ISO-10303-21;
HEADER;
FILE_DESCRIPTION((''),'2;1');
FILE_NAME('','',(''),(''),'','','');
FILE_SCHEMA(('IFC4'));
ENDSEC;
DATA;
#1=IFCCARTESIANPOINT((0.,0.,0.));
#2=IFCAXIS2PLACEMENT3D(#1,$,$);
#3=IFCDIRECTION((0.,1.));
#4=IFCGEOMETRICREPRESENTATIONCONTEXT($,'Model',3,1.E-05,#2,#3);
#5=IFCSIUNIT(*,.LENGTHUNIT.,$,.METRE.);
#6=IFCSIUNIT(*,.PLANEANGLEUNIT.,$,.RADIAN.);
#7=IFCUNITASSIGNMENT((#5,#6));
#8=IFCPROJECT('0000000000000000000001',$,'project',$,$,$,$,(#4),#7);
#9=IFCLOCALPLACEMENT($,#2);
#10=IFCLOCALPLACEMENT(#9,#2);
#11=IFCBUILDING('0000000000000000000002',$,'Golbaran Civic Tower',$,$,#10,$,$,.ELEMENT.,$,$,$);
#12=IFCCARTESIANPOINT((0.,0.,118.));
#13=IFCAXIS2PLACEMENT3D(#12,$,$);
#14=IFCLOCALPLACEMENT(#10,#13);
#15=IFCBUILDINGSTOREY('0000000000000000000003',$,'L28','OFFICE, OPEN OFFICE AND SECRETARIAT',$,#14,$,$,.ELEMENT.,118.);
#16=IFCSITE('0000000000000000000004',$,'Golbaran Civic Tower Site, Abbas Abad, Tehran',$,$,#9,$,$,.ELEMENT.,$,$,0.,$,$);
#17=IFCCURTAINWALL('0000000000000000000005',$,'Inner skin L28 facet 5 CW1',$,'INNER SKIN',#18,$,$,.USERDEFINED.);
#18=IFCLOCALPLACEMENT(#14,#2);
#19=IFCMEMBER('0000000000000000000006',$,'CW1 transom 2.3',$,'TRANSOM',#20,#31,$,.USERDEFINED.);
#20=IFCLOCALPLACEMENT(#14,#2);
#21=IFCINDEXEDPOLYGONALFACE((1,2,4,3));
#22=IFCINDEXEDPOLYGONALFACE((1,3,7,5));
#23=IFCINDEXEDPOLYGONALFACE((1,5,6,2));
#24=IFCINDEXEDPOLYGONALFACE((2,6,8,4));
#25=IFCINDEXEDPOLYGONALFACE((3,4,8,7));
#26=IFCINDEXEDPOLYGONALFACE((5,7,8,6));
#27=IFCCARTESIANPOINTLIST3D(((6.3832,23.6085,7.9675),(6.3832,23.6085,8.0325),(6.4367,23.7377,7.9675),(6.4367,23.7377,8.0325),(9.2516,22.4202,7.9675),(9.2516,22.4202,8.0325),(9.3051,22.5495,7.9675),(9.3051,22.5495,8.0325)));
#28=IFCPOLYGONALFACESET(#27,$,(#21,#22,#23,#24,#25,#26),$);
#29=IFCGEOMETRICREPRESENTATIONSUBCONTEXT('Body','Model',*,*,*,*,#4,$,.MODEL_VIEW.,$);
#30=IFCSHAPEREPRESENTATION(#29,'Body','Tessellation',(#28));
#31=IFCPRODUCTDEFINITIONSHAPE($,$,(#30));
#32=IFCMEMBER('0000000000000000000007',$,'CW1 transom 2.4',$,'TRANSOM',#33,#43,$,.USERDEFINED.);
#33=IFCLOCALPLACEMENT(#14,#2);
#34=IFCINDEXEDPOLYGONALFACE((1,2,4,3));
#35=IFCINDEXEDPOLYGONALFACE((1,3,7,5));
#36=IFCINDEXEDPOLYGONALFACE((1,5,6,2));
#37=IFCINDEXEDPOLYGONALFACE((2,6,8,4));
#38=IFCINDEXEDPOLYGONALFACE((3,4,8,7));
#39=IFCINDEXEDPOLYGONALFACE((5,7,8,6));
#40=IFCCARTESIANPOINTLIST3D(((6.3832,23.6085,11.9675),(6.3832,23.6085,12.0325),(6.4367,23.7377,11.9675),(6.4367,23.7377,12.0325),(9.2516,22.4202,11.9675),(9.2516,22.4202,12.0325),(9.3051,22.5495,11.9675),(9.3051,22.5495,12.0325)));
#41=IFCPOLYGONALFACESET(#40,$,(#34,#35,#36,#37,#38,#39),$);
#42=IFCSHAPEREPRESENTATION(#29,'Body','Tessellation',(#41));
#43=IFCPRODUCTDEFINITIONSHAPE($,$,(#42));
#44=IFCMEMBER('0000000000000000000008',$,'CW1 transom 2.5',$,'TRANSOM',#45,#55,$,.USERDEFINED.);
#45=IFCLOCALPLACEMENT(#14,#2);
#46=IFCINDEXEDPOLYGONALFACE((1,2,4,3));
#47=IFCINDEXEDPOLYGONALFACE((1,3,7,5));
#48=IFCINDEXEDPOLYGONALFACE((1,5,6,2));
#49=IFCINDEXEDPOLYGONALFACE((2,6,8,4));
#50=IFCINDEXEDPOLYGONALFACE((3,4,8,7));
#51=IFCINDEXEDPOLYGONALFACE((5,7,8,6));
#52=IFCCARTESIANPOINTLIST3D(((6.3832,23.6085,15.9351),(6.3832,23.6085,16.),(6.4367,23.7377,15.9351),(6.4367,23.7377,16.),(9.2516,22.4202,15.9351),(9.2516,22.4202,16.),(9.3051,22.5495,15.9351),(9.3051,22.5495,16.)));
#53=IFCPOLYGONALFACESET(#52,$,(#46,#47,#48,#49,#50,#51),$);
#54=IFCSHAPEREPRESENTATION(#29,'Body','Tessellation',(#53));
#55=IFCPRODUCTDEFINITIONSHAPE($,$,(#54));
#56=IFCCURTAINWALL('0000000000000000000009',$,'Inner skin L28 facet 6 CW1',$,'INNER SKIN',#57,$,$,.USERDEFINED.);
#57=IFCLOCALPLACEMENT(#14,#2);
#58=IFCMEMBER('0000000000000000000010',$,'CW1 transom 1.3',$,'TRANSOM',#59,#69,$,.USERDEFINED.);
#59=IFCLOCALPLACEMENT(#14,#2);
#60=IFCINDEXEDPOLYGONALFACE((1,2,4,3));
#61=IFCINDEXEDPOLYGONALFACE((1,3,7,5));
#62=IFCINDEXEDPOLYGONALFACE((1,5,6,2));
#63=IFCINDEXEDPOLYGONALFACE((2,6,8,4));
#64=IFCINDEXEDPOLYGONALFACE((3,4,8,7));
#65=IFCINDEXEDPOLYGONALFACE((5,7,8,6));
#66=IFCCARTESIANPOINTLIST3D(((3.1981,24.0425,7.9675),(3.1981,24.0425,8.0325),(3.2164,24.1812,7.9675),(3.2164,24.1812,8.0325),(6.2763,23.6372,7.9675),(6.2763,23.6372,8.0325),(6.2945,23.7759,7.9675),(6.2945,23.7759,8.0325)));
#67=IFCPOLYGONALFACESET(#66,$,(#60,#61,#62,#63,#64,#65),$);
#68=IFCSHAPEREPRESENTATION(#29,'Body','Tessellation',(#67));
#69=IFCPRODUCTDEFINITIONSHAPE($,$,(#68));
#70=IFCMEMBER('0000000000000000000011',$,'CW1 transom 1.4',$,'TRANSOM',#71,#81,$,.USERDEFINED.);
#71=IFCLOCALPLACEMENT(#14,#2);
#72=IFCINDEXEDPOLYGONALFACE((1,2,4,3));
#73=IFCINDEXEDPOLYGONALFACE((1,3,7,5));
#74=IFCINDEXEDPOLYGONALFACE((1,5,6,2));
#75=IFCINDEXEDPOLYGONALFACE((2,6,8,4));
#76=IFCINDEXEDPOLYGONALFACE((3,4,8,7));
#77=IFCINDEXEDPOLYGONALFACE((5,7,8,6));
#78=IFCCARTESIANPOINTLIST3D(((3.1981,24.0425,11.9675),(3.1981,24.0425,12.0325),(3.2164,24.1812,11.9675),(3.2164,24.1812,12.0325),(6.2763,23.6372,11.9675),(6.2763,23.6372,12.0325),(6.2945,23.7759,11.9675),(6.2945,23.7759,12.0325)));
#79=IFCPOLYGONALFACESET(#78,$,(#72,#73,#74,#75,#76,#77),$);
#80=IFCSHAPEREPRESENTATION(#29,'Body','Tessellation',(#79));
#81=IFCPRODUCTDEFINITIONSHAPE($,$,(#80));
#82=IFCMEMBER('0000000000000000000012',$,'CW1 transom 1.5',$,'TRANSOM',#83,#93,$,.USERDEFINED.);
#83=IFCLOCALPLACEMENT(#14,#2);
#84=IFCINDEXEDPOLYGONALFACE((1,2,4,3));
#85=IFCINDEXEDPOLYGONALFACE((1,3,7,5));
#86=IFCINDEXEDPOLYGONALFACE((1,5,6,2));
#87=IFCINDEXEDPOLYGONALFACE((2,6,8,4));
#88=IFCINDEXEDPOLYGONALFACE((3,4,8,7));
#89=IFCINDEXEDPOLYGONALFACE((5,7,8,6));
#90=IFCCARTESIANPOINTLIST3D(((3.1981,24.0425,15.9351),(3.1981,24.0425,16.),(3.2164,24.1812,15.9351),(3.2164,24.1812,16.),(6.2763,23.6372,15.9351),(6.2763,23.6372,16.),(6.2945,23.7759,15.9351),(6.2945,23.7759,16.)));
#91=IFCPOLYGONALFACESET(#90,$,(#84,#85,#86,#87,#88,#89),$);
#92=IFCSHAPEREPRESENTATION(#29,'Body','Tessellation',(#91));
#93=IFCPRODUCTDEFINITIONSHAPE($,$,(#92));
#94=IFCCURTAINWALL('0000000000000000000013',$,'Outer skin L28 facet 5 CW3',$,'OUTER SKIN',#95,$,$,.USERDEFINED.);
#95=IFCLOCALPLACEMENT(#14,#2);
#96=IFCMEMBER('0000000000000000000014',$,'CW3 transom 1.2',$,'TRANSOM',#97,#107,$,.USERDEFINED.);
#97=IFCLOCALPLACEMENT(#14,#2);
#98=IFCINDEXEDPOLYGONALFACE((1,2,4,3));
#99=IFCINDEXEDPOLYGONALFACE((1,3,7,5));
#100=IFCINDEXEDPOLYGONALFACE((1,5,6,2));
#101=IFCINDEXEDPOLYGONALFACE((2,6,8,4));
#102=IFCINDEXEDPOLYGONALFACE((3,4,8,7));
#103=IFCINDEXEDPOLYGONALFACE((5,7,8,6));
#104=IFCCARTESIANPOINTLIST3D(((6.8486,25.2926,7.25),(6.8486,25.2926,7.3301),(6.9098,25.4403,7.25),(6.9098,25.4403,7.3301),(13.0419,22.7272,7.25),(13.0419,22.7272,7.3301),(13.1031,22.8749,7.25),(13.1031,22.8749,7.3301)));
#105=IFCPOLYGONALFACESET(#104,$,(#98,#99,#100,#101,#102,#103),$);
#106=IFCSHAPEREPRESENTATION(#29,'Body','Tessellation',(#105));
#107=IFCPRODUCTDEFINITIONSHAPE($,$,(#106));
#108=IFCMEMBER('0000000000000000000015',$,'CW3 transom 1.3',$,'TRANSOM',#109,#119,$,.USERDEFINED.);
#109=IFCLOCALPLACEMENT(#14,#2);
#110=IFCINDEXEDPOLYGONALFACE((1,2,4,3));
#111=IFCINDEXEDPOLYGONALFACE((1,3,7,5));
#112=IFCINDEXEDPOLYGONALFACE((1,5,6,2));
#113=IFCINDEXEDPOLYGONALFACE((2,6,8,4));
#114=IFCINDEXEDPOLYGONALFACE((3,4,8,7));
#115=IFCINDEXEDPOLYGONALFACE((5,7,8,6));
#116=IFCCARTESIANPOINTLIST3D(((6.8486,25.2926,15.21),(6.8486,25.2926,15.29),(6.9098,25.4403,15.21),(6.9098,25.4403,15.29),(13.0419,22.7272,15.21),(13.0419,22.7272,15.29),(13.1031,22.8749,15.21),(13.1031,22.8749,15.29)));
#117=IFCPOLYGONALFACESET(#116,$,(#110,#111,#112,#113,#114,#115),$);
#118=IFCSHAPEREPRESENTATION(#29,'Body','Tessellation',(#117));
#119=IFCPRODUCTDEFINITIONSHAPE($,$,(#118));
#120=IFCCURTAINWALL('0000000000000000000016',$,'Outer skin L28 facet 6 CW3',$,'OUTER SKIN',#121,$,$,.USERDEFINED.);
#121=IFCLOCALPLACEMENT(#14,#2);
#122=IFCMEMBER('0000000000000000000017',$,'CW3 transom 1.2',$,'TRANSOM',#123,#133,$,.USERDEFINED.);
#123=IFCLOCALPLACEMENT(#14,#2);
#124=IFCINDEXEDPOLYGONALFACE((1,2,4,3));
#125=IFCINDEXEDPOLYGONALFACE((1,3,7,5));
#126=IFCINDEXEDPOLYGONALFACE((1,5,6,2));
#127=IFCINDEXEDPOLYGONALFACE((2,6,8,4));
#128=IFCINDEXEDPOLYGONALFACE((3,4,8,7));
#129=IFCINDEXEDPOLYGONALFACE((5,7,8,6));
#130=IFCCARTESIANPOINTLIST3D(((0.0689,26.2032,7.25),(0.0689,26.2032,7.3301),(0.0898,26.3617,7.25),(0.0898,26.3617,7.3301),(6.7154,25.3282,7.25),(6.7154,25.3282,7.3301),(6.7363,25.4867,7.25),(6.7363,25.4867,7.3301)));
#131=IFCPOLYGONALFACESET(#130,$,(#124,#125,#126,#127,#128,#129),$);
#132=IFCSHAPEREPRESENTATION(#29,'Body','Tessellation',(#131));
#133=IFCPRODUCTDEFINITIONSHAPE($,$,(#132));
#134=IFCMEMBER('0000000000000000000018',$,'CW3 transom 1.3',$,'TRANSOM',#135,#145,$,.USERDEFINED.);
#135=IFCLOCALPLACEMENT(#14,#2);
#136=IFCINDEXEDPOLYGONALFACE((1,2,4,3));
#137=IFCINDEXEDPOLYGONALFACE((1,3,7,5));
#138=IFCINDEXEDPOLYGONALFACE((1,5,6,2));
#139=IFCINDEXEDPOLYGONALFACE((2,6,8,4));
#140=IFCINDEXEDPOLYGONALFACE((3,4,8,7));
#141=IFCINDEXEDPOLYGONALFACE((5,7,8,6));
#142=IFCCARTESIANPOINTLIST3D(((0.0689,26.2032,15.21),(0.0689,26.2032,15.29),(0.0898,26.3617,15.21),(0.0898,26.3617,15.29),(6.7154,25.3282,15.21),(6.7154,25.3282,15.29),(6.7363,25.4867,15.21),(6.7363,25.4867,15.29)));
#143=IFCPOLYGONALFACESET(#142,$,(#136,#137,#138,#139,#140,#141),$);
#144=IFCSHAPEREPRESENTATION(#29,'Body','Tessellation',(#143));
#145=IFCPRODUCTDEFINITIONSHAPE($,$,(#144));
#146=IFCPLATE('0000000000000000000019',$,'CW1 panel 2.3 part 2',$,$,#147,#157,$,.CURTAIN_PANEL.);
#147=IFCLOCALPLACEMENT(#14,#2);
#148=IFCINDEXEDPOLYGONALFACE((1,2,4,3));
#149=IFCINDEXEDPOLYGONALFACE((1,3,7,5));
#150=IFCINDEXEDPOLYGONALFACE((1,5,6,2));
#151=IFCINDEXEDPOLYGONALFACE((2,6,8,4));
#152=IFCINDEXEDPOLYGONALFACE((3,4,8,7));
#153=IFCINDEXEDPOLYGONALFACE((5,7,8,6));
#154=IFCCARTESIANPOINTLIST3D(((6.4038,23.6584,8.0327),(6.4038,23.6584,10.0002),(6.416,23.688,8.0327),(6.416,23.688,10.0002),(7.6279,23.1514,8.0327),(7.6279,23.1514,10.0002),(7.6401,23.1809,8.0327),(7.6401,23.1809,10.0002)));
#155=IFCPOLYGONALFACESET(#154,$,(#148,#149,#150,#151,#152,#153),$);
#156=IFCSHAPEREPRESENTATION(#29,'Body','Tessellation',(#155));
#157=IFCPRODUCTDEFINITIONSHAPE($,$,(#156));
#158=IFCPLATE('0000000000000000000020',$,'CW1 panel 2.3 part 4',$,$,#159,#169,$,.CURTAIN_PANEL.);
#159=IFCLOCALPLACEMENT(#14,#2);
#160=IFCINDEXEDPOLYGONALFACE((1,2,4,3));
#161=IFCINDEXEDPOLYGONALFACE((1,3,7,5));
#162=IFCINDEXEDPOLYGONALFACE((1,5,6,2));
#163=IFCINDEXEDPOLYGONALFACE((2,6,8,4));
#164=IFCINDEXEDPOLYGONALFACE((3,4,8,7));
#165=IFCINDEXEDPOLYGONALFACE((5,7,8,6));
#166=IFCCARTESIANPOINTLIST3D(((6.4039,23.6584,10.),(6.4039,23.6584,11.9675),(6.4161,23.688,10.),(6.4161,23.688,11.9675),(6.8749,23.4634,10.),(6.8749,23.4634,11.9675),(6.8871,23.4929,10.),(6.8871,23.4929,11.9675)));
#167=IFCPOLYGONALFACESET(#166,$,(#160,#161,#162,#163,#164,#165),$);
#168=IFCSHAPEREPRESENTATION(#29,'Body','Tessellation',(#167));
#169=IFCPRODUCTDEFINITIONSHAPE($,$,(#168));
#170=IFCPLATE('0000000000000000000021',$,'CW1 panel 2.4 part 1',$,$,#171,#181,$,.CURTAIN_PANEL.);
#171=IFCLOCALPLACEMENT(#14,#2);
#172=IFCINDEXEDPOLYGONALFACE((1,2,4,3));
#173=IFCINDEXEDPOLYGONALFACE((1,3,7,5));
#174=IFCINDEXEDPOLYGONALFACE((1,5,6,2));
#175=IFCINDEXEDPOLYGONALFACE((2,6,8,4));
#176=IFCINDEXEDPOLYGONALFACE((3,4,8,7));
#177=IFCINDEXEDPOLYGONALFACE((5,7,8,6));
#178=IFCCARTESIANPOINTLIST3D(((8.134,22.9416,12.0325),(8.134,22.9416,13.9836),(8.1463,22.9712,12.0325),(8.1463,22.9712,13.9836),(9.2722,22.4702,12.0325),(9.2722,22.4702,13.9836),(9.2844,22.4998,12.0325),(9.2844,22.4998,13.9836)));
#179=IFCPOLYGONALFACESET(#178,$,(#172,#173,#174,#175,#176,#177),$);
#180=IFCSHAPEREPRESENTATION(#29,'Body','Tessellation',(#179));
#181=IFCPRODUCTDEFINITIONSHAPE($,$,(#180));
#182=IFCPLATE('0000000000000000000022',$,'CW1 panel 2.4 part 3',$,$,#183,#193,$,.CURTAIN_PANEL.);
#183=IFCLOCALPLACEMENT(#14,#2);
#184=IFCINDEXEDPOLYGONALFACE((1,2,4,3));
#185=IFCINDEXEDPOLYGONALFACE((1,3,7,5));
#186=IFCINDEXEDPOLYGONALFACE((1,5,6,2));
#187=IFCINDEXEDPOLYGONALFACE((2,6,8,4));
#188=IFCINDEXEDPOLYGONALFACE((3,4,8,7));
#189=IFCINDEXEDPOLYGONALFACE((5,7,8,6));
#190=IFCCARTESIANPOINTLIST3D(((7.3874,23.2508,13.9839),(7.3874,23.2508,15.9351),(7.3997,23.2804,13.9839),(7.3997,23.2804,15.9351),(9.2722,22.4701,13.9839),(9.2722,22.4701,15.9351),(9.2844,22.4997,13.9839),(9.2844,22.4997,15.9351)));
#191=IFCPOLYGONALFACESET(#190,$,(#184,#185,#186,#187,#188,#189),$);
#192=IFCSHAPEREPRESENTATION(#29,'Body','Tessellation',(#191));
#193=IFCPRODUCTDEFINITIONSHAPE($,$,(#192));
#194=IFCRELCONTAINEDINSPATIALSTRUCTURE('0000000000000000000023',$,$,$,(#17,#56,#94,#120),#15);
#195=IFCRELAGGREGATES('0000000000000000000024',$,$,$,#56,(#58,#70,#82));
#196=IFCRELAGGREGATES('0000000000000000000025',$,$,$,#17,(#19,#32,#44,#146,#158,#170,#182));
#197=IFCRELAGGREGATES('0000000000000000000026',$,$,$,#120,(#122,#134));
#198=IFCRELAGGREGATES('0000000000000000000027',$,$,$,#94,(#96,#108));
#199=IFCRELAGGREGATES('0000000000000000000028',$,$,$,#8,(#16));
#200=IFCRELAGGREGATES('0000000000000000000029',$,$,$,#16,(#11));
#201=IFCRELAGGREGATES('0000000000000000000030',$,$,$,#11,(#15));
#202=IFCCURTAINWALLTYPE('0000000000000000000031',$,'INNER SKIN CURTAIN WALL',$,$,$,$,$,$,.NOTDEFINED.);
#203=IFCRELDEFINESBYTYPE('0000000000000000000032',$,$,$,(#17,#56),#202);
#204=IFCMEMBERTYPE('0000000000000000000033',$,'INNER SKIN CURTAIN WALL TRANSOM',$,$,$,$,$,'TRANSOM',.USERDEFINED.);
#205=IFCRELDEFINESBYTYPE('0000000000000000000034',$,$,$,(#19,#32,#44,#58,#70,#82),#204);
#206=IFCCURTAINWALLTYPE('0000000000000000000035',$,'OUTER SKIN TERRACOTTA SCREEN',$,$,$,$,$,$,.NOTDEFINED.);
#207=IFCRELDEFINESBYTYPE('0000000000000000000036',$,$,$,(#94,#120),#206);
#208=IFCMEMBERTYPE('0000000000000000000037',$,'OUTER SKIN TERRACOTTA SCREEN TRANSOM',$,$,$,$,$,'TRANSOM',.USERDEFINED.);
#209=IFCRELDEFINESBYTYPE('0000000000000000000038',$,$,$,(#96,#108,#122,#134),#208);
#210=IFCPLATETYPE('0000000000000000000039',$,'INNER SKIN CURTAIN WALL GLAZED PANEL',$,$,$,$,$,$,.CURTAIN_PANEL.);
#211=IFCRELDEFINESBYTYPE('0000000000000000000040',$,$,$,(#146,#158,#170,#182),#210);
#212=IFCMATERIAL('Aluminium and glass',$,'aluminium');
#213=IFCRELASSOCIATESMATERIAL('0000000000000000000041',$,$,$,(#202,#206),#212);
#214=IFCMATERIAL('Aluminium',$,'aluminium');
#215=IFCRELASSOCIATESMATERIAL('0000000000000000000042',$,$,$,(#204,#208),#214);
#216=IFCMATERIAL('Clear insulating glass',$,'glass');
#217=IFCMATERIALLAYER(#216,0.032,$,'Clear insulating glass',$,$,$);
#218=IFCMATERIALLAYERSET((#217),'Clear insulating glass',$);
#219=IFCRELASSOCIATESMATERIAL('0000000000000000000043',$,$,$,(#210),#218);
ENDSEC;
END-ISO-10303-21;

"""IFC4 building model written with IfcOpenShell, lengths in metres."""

from ifc_helpers import new_model, si_unit, direction, frame, origin, origin_2d, place, context, subcontext, project, spatial, rectangle, extrude, material, layer, layer_set, material_profile, profile_set, type_object, element, aggregate, save


model = new_model("IFC4")

# Units and contexts
model_context = context("Model", 3, precision=1e-05, world=origin(), true_north=direction((0.0, 1.0)))
body_context = subcontext(model_context, "Body", "Model", "MODEL_VIEW")
ifc_project = project(units=[si_unit("LENGTHUNIT", "METRE"), si_unit("PLANEANGLEUNIT", "RADIAN")], contexts=[model_context])

# Site, building, storey
site_placement = place(None, origin())
site = spatial("IfcSite", under=ifc_project, at=site_placement, Name="Golbaran Civic Tower Site, Abbas Abad, Tehran", CompositionType="ELEMENT", RefElevation=0.0)
building_placement = place(site_placement, origin())
building = spatial("IfcBuilding", under=site, at=building_placement, Name="Golbaran Civic Tower", CompositionType="ELEMENT")
storey_placement = place(building_placement, frame((0.0, 0.0, 118.0)))
storey = spatial("IfcBuildingStorey", under=building, at=storey_placement, Name="L28", Description="OFFICE, OPEN OFFICE AND SECRETARIAT", CompositionType="ELEMENT", Elevation=118.0)

# Curtain walls, members
ifc_material_1 = material(Name="Aluminium and glass", Category="aluminium")
curtain_wall_type_1 = type_object("IfcCurtainWallType", Name="INNER SKIN CURTAIN WALL", PredefinedType="NOTDEFINED", material=ifc_material_1)
curtain_wall_1_placement = place(storey_placement, origin())
curtain_wall_1 = element("IfcCurtainWall", 1, at=curtain_wall_1_placement, inside=storey, type_object=curtain_wall_type_1, Name="Inner skin L28 facet 5 CW1", ObjectType="INNER SKIN", PredefinedType="USERDEFINED")
ifc_material_2 = material(Name="Aluminium", Category="aluminium")
ifc_material_profile_1 = material_profile(ifc_material_2, rectangle(XDim=0.1399, YDim=0.0649, at=origin_2d()), Name="INNER SKIN CURTAIN WALL TRANSOM")
ifc_profile_set_1 = profile_set([ifc_material_profile_1], Name="Aluminium")
member_type_1 = type_object("IfcMemberType", Name="INNER SKIN CURTAIN WALL TRANSOM", ElementType="TRANSOM", PredefinedType="USERDEFINED", material=ifc_profile_set_1)
member_1_placement = place(storey_placement, frame((9.2783, 22.4849, 8.0), z_axis=(-0.923868, 0.382711, 0.0), x_axis=(-0.382711, -0.923868, 0.0)))
member_1 = element("IfcMember", 2, at=member_1_placement, type_object=member_type_1, Name="CW1 transom 2.3", ObjectType="TRANSOM", PredefinedType="USERDEFINED", context=body_context, shape_type="SweptSolid", body=[
    extrude(rectangle(XDim=0.1399, YDim=0.0649, at=origin_2d()), origin(), (0.0, 0.0, 1.0), 3.1047),
])
member_2_placement = place(storey_placement, frame((9.2783, 22.4849, 12.0), z_axis=(-0.923868, 0.382711, 0.0), x_axis=(-0.382711, -0.923868, 0.0)))
member_2 = element("IfcMember", 3, at=member_2_placement, type_object=member_type_1, Name="CW1 transom 2.4", ObjectType="TRANSOM", PredefinedType="USERDEFINED", context=body_context, shape_type="SweptSolid", body=[
    extrude(rectangle(XDim=0.1399, YDim=0.0649, at=origin_2d()), origin(), (0.0, 0.0, 1.0), 3.1047),
])
member_3_placement = place(storey_placement, frame((9.2783, 22.4849, 15.9675), z_axis=(-0.923868, 0.382711, 0.0), x_axis=(-0.382711, -0.923868, 0.0)))
member_3 = element("IfcMember", 4, at=member_3_placement, type_object=member_type_1, Name="CW1 transom 2.5", ObjectType="TRANSOM", PredefinedType="USERDEFINED", context=body_context, shape_type="SweptSolid", body=[
    extrude(rectangle(XDim=0.1399, YDim=0.0649, at=origin_2d()), origin(), (0.0, 0.0, 1.0), 3.1047),
])
curtain_wall_2_placement = place(storey_placement, origin())
curtain_wall_2 = element("IfcCurtainWall", 5, at=curtain_wall_2_placement, inside=storey, type_object=curtain_wall_type_1, Name="Inner skin L28 facet 6 CW1", ObjectType="INNER SKIN", PredefinedType="USERDEFINED")
member_4_placement = place(storey_placement, frame((6.2854, 23.7065, 8.0), z_axis=(-0.991444, 0.130536, 0.0), x_axis=(-0.130536, -0.991444, 0.0)))
member_4 = element("IfcMember", 6, at=member_4_placement, type_object=member_type_1, Name="CW1 transom 1.3", ObjectType="TRANSOM", PredefinedType="USERDEFINED", context=body_context, shape_type="SweptSolid", body=[
    extrude(rectangle(XDim=0.1399, YDim=0.0649, at=origin_2d()), origin(), (0.0, 0.0, 1.0), 3.1047),
])
member_5_placement = place(storey_placement, frame((6.2854, 23.7065, 12.0), z_axis=(-0.991444, 0.130536, 0.0), x_axis=(-0.130536, -0.991444, 0.0)))
member_5 = element("IfcMember", 7, at=member_5_placement, type_object=member_type_1, Name="CW1 transom 1.4", ObjectType="TRANSOM", PredefinedType="USERDEFINED", context=body_context, shape_type="SweptSolid", body=[
    extrude(rectangle(XDim=0.1399, YDim=0.0649, at=origin_2d()), origin(), (0.0, 0.0, 1.0), 3.1047),
])
member_6_placement = place(storey_placement, frame((6.2854, 23.7065, 15.9675), z_axis=(-0.991444, 0.130536, 0.0), x_axis=(-0.130536, -0.991444, 0.0)))
member_6 = element("IfcMember", 8, at=member_6_placement, type_object=member_type_1, Name="CW1 transom 1.5", ObjectType="TRANSOM", PredefinedType="USERDEFINED", context=body_context, shape_type="SweptSolid", body=[
    extrude(rectangle(XDim=0.1399, YDim=0.0649, at=origin_2d()), origin(), (0.0, 0.0, 1.0), 3.1047),
])
aggregate(curtain_wall_2, [member_4, member_5, member_6])
curtain_wall_type_2 = type_object("IfcCurtainWallType", Name="OUTER SKIN TERRACOTTA SCREEN", PredefinedType="NOTDEFINED", material=ifc_material_1)
curtain_wall_3_placement = place(storey_placement, origin())
curtain_wall_3 = element("IfcCurtainWall", 9, at=curtain_wall_3_placement, inside=storey, type_object=curtain_wall_type_2, Name="Outer skin L28 facet 5 CW3", ObjectType="OUTER SKIN", PredefinedType="USERDEFINED")
ifc_material_profile_2 = material_profile(ifc_material_2, rectangle(XDim=0.1599, YDim=0.0801, at=origin_2d()), Name="OUTER SKIN TERRACOTTA SCREEN TRANSOM")
ifc_profile_set_2 = profile_set([ifc_material_profile_2], Name="Aluminium")
member_type_2 = type_object("IfcMemberType", Name="OUTER SKIN TERRACOTTA SCREEN TRANSOM", ElementType="TRANSOM", PredefinedType="USERDEFINED", material=ifc_profile_set_2)
member_7_placement = place(storey_placement, frame((13.0725, 22.801, 7.29), z_axis=(-0.923877, 0.382691, 0.0), x_axis=(-0.382691, -0.923877, 0.0)))
member_7 = element("IfcMember", 10, at=member_7_placement, type_object=member_type_2, Name="CW3 transom 1.2", ObjectType="TRANSOM", PredefinedType="USERDEFINED", context=body_context, shape_type="SweptSolid", body=[
    extrude(rectangle(XDim=0.1599, YDim=0.0801, at=origin_2d()), origin(), (0.0, 0.0, 1.0), 6.7036),
])
member_8_placement = place(storey_placement, frame((13.0725, 22.801, 15.25), z_axis=(-0.923877, 0.382691, 0.0), x_axis=(-0.382691, -0.923877, 0.0)))
member_8 = element("IfcMember", 11, at=member_8_placement, type_object=member_type_2, Name="CW3 transom 1.3", ObjectType="TRANSOM", PredefinedType="USERDEFINED", context=body_context, shape_type="SweptSolid", body=[
    extrude(rectangle(XDim=0.1599, YDim=0.0801, at=origin_2d()), origin(), (0.0, 0.0, 1.0), 6.7036),
])
curtain_wall_4_placement = place(storey_placement, origin())
curtain_wall_4 = element("IfcCurtainWall", 12, at=curtain_wall_4_placement, inside=storey, type_object=curtain_wall_type_2, Name="Outer skin L28 facet 6 CW3", ObjectType="OUTER SKIN", PredefinedType="USERDEFINED")
member_9_placement = place(storey_placement, frame((6.7258, 25.4075, 7.29), z_axis=(-0.991445, 0.130522, 0.0), x_axis=(-0.130522, -0.991445, 0.0)))
member_9 = element("IfcMember", 13, at=member_9_placement, type_object=member_type_2, Name="CW3 transom 1.2", ObjectType="TRANSOM", PredefinedType="USERDEFINED", context=body_context, shape_type="SweptSolid", body=[
    extrude(rectangle(XDim=0.1599, YDim=0.0801, at=origin_2d()), origin(), (0.0, 0.0, 1.0), 6.7039),
])
member_10_placement = place(storey_placement, frame((6.7258, 25.4075, 15.25), z_axis=(-0.991445, 0.130522, 0.0), x_axis=(-0.130522, -0.991445, 0.0)))
member_10 = element("IfcMember", 14, at=member_10_placement, type_object=member_type_2, Name="CW3 transom 1.3", ObjectType="TRANSOM", PredefinedType="USERDEFINED", context=body_context, shape_type="SweptSolid", body=[
    extrude(rectangle(XDim=0.1599, YDim=0.0801, at=origin_2d()), origin(), (0.0, 0.0, 1.0), 6.7039),
])

# Plates
ifc_material_3 = material(Name="Clear insulating glass", Category="glass")
ifc_layer_1 = layer(ifc_material_3, 0.032, Name="Clear insulating glass")
ifc_layer_set_1 = layer_set([ifc_layer_1], Name="Clear insulating glass")
plate_type_1 = type_object("IfcPlateType", Name="INNER SKIN CURTAIN WALL GLAZED PANEL", PredefinedType="CURTAIN_PANEL", material=ifc_layer_set_1)
plate_1_placement = place(storey_placement, frame((7.022, 23.4197, 8.0327), z_axis=(0.0, 0.0, 1.0), x_axis=(-0.92388, 0.382683, 0.0)))
plate_1 = element("IfcPlate", 15, at=plate_1_placement, type_object=plate_type_1, Name="CW1 panel 2.3 part 2", PredefinedType="CURTAIN_PANEL", context=body_context, shape_type="SweptSolid", body=[
    extrude(rectangle(XDim=1.325, YDim=0.032, at=origin_2d()), origin(), (0.0, 0.0, 1.0), 1.9675),
])
plate_2_placement = place(storey_placement, frame((6.6455, 23.5757, 10.0), z_axis=(0.0, 0.0, 1.0), x_axis=(-0.92388, 0.382683, 0.0)))
plate_2 = element("IfcPlate", 16, at=plate_2_placement, type_object=plate_type_1, Name="CW1 panel 2.3 part 4", PredefinedType="CURTAIN_PANEL", context=body_context, shape_type="SweptSolid", body=[
    extrude(rectangle(XDim=0.5098, YDim=0.032, at=origin_2d()), origin(), (0.0, 0.0, 1.0), 1.9675),
])
plate_3_placement = place(storey_placement, frame((8.7092, 22.7207, 12.0325), z_axis=(0.0, 0.0, 1.0), x_axis=(-0.92388, 0.382683, 0.0)))
plate_3 = element("IfcPlate", 17, at=plate_3_placement, type_object=plate_type_1, Name="CW1 panel 2.4 part 1", PredefinedType="CURTAIN_PANEL", context=body_context, shape_type="SweptSolid", body=[
    extrude(rectangle(XDim=1.2319, YDim=0.032, at=origin_2d()), origin(), (0.0, 0.0, 1.0), 1.9512),
])
plate_4_placement = place(storey_placement, frame((8.3359, 22.8752, 13.9839), z_axis=(0.0, 0.0, 1.0), x_axis=(-0.92388, 0.382683, 0.0)))
plate_4 = element("IfcPlate", 18, at=plate_4_placement, type_object=plate_type_1, Name="CW1 panel 2.4 part 3", PredefinedType="CURTAIN_PANEL", context=body_context, shape_type="SweptSolid", body=[
    extrude(rectangle(XDim=2.04, YDim=0.032, at=origin_2d()), origin(), (0.0, 0.0, 1.0), 1.9512),
])
aggregate(curtain_wall_1, [member_1, member_2, member_3, plate_1, plate_2, plate_3, plate_4])
aggregate(curtain_wall_4, [member_9, member_10])
aggregate(curtain_wall_3, [member_7, member_8])

save(model, "model.ifc")
